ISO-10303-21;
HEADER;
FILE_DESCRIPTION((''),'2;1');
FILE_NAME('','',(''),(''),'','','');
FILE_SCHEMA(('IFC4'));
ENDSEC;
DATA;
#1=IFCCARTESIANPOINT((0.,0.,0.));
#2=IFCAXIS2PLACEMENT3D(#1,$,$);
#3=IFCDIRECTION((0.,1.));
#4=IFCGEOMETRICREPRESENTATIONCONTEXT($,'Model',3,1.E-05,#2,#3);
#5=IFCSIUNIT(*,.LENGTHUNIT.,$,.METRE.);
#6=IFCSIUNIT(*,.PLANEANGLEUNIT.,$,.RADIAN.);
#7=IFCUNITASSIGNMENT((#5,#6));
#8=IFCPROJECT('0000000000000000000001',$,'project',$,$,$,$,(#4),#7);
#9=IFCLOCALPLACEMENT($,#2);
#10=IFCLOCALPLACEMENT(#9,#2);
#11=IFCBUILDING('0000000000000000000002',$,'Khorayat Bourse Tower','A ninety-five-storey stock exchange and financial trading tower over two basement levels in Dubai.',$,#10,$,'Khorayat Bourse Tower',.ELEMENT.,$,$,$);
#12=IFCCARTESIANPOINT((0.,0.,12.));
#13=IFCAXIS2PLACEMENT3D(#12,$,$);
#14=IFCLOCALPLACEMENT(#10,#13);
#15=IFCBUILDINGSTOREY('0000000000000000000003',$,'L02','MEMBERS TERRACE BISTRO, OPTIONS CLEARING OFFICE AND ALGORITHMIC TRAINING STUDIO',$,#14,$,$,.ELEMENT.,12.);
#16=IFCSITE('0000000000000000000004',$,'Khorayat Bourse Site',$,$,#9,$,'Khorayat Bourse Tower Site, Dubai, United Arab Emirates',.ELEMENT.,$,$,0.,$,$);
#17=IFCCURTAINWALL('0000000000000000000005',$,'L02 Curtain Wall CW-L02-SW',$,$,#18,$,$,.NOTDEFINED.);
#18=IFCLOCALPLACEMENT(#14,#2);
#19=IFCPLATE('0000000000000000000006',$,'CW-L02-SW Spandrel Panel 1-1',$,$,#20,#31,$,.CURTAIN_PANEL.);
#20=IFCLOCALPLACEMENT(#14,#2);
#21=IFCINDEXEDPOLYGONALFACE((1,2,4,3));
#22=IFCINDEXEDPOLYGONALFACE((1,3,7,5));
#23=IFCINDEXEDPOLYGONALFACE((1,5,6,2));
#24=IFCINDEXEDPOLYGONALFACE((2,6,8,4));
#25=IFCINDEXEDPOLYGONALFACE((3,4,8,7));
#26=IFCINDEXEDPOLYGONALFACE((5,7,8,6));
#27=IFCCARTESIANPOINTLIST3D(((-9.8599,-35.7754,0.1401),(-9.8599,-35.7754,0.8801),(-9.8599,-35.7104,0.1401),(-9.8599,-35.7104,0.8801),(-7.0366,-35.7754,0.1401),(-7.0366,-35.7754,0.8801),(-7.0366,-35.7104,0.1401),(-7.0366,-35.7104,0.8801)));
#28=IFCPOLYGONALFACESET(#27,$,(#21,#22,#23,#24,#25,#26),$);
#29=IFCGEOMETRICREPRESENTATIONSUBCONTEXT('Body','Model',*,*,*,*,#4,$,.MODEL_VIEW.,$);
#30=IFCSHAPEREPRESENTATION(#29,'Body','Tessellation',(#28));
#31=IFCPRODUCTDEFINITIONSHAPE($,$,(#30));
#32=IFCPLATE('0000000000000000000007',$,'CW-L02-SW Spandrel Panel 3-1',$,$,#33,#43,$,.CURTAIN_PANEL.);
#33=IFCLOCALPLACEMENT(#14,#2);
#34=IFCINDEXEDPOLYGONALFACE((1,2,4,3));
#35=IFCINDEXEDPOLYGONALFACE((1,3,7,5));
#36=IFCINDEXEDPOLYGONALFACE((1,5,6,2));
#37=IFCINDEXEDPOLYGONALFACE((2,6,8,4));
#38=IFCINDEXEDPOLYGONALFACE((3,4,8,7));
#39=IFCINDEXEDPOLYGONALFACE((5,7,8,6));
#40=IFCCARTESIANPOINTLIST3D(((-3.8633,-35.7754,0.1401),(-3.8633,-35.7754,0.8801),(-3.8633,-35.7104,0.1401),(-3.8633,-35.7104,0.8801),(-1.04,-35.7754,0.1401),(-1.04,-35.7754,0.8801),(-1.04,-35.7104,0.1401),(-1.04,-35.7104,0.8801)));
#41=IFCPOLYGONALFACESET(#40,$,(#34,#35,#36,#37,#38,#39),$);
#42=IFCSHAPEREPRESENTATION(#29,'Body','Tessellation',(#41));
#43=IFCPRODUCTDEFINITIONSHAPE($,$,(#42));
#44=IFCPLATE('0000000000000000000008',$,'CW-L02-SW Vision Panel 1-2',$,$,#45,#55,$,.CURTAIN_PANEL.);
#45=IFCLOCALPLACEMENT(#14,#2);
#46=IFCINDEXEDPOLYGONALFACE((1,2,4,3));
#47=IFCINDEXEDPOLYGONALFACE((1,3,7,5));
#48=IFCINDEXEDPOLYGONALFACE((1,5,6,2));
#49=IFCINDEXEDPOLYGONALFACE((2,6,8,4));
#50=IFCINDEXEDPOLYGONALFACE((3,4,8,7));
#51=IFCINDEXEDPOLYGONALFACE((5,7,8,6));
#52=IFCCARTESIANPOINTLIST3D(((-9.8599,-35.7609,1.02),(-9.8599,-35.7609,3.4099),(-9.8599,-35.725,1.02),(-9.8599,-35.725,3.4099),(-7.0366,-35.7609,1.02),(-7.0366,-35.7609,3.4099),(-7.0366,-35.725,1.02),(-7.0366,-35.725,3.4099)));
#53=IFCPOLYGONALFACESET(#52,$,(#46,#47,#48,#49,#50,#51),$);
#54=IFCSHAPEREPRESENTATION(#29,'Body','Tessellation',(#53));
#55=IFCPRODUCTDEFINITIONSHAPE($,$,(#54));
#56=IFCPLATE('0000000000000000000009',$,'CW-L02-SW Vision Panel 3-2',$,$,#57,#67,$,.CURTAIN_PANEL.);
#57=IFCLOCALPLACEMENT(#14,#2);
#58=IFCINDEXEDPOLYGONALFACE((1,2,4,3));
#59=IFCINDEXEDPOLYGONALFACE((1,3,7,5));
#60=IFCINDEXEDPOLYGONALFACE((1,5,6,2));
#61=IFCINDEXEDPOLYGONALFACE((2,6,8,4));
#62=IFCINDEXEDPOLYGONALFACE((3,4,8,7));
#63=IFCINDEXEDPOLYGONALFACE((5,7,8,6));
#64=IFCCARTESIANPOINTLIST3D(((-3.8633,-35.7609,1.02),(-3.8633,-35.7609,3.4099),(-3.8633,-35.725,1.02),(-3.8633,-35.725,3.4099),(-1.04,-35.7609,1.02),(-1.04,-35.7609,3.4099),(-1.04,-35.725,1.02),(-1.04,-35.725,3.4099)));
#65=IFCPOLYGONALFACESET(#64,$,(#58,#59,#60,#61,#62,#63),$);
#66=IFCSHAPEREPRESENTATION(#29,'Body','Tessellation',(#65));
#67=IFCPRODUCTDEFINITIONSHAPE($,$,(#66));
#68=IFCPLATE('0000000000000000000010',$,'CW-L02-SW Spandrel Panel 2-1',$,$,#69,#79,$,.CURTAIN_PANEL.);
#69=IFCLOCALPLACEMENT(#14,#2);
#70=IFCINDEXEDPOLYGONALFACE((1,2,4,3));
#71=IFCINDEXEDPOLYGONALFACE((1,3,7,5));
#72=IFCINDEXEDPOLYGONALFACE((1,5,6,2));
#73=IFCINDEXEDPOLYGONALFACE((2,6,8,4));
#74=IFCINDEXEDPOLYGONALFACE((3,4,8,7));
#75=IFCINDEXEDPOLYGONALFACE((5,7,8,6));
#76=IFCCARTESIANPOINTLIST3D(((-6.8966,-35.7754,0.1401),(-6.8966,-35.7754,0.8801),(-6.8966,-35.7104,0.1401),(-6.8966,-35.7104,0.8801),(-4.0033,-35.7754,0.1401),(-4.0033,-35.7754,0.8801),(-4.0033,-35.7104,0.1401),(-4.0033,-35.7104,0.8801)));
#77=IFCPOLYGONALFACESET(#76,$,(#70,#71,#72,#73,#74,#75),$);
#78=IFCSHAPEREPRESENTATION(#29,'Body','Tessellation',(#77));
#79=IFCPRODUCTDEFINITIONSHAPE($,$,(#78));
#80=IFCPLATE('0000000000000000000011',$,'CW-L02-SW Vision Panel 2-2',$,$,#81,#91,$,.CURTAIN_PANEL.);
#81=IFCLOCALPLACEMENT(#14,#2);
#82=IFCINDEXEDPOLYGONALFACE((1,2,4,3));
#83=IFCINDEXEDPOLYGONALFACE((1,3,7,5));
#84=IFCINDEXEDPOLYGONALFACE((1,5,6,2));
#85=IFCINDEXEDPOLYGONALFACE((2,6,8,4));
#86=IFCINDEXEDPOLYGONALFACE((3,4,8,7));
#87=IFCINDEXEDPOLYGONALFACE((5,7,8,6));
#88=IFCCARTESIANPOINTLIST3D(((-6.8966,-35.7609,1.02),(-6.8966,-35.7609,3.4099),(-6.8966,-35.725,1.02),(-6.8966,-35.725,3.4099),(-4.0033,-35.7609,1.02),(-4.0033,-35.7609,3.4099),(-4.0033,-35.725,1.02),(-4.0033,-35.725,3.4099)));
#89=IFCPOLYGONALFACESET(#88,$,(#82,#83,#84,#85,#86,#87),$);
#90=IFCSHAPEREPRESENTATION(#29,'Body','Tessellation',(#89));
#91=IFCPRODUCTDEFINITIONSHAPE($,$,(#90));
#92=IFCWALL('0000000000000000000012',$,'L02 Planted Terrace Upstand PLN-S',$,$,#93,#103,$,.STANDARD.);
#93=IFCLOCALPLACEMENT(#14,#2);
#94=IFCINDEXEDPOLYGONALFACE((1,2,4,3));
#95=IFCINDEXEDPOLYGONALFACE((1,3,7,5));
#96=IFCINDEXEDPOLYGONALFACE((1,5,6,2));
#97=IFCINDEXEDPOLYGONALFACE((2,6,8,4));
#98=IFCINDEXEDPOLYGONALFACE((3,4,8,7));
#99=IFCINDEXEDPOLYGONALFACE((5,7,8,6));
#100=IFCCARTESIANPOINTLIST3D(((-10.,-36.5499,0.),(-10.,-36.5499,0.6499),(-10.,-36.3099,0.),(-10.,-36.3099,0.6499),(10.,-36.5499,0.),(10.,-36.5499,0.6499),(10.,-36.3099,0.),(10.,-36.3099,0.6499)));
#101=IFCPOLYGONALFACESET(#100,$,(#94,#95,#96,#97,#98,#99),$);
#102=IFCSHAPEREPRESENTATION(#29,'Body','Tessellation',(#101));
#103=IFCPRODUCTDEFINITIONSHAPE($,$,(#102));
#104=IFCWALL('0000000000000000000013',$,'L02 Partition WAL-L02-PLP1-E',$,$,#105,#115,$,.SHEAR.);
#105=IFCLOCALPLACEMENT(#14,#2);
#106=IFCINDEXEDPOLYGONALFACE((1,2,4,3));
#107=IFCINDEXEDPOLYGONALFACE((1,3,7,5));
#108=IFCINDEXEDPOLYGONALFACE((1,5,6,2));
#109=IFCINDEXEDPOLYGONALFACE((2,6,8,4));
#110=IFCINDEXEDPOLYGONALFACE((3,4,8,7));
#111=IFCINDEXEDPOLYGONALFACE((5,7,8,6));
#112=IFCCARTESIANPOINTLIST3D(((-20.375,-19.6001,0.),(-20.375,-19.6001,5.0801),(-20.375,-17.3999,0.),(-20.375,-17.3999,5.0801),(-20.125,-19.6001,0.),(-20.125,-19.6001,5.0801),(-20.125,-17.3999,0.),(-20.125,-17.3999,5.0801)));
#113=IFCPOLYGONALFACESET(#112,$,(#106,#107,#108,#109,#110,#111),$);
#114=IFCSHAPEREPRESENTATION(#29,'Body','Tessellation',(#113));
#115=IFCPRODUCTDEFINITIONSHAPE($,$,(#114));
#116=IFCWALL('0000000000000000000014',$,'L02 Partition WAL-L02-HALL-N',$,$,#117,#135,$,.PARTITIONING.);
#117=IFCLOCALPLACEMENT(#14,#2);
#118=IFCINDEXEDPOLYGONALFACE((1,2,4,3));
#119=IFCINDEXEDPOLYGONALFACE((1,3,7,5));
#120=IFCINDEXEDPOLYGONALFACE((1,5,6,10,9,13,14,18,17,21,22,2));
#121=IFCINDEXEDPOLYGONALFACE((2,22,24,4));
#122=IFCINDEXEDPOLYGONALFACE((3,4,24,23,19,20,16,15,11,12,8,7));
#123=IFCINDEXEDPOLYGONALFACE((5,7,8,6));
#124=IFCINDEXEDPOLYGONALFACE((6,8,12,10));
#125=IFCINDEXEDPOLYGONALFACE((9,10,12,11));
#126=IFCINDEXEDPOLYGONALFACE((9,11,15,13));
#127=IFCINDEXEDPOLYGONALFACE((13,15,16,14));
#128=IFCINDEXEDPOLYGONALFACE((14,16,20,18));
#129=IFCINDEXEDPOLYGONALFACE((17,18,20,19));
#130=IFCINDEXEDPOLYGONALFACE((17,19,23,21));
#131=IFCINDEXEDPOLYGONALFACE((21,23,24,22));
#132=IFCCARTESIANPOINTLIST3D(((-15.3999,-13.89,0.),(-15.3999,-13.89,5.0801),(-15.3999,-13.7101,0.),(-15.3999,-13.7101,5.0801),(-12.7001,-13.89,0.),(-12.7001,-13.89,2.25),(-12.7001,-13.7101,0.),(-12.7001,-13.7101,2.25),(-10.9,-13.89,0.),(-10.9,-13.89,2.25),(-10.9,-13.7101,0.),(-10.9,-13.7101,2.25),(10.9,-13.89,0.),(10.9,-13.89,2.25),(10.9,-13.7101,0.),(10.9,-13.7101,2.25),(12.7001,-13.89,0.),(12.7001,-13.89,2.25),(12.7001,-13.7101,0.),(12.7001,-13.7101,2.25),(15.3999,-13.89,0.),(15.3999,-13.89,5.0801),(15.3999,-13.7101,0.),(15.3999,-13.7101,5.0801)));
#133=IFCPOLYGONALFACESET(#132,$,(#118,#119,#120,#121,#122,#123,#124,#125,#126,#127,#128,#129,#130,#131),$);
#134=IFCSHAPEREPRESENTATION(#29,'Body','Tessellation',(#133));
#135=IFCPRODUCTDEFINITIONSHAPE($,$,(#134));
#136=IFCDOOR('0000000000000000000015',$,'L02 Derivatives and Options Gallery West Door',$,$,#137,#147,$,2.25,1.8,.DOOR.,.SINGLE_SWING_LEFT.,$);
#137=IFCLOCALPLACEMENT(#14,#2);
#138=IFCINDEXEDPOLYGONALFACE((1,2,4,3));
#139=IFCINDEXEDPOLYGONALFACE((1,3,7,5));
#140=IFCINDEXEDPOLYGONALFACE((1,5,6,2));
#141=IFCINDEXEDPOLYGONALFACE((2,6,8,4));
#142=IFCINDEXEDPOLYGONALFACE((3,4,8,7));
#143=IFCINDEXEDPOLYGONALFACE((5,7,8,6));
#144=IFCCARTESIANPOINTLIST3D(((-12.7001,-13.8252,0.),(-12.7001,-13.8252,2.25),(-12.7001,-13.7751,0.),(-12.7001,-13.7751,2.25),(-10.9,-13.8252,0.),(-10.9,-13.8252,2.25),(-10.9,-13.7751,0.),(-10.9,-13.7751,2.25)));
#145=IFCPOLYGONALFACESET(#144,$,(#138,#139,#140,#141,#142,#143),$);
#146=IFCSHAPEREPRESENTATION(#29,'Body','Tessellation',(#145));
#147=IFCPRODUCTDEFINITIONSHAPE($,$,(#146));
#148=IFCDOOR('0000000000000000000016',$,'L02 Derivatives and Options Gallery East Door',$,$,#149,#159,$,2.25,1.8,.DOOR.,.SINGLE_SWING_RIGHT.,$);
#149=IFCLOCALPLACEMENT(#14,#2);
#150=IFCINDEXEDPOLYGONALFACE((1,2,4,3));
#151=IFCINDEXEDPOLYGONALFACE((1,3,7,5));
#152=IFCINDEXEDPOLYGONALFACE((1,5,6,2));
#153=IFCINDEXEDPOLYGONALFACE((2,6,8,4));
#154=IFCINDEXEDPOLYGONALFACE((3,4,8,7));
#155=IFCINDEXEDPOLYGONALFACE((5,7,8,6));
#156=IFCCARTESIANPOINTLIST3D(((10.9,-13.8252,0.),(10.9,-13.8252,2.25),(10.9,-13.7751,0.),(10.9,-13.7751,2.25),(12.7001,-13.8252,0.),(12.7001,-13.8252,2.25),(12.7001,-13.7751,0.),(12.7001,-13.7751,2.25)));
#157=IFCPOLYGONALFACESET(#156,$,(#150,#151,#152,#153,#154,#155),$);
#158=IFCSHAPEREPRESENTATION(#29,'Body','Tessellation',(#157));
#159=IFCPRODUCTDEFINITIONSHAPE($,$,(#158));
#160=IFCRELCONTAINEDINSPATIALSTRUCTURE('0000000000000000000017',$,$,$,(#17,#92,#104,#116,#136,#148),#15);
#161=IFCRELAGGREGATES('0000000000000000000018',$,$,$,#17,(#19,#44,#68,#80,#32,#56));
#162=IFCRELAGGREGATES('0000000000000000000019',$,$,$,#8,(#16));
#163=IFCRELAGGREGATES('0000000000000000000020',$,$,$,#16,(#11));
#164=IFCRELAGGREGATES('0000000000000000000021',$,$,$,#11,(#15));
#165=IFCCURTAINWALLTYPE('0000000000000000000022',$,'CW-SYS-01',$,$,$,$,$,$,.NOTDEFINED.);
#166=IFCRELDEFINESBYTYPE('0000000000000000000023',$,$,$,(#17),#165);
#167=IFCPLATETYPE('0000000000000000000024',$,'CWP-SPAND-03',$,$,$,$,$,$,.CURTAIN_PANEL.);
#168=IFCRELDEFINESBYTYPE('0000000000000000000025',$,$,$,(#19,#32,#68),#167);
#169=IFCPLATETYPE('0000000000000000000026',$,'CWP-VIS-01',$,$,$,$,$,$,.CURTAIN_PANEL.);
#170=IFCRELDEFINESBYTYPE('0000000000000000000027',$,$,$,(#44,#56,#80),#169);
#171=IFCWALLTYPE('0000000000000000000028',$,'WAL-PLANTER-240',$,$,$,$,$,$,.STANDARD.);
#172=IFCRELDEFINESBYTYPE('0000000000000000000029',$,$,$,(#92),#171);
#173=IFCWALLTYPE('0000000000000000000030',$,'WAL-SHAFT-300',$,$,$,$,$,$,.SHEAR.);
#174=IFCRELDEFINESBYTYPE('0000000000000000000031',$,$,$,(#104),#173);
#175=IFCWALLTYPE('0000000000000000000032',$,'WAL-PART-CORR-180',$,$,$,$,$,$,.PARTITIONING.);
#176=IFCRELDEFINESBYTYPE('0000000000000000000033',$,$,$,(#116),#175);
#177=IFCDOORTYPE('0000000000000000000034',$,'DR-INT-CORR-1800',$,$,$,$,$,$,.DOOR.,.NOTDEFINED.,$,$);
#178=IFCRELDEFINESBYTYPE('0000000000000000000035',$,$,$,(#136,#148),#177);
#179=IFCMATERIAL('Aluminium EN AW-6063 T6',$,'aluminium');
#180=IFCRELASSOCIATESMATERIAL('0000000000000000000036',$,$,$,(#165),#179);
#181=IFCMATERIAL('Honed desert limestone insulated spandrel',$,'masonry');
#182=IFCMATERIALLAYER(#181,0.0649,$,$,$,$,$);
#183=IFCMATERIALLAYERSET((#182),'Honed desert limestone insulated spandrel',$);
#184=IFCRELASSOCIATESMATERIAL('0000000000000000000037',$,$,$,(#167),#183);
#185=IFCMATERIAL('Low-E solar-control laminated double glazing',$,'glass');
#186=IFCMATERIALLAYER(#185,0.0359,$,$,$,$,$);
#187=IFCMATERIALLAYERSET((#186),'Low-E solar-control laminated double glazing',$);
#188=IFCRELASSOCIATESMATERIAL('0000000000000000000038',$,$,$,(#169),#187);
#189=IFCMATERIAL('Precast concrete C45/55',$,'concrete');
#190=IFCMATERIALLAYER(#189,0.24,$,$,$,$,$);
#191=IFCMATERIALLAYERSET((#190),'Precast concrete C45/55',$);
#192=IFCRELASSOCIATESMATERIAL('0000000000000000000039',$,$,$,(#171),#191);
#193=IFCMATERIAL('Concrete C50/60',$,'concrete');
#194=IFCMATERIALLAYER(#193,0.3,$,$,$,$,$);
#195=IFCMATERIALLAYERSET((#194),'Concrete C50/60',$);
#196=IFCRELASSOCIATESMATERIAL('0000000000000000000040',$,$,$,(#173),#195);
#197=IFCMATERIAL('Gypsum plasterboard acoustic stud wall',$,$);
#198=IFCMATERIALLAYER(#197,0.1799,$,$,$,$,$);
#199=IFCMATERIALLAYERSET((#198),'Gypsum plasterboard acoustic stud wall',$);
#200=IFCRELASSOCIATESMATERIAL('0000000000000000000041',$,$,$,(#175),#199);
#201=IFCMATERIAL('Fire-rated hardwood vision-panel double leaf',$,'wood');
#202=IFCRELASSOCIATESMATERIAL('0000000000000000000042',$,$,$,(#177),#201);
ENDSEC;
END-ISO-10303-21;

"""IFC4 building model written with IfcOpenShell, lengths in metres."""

from ifc_helpers import new_model, si_unit, direction, frame, frame_2d, origin, origin_2d, place, context, subcontext, project, spatial, rectangle, extrude, source, transform, mapped, material, layer, layer_set, type_object, element, fill, aggregate, save


model = new_model("IFC4")

# Units and contexts
model_context = context("Model", 3, precision=1e-05, world=origin(), true_north=direction((0.0, 1.0)))
body_context = subcontext(model_context, "Body", "Model", "MODEL_VIEW")
ifc_project = project(units=[si_unit("LENGTHUNIT", "METRE"), si_unit("PLANEANGLEUNIT", "RADIAN")], contexts=[model_context])

# Site, building, storey
site_placement = place(None, origin())
site = spatial("IfcSite", under=ifc_project, at=site_placement, Name="Khorayat Bourse Site", LongName="Khorayat Bourse Tower Site, Dubai, United Arab Emirates", CompositionType="ELEMENT", RefElevation=0.0)
building_placement = place(site_placement, origin())
building = spatial("IfcBuilding", under=site, at=building_placement, Name="Khorayat Bourse Tower", Description="A ninety-five-storey stock exchange and financial trading tower over two basement levels in Dubai.", LongName="Khorayat Bourse Tower", CompositionType="ELEMENT")
storey_placement = place(building_placement, frame((0.0, 0.0, 12.0)))
storey = spatial("IfcBuildingStorey", under=building, at=storey_placement, Name="L02", Description="MEMBERS TERRACE BISTRO, OPTIONS CLEARING OFFICE AND ALGORITHMIC TRAINING STUDIO", CompositionType="ELEMENT", Elevation=12.0)

# Curtain wall, plates
ifc_material_1 = material(Name="Aluminium EN AW-6063 T6", Category="aluminium")
curtain_wall_type = type_object("IfcCurtainWallType", Name="CW-SYS-01", PredefinedType="NOTDEFINED", material=ifc_material_1)
curtain_wall_placement = place(storey_placement, origin())
curtain_wall = element("IfcCurtainWall", 1, at=curtain_wall_placement, inside=storey, type_object=curtain_wall_type, Name="L02 Curtain Wall CW-L02-SW", PredefinedType="NOTDEFINED")
ifc_material_2 = material(Name="Honed desert limestone insulated spandrel", Category="masonry")
ifc_layer_1 = layer(ifc_material_2, 0.0649)
ifc_layer_set_1 = layer_set([ifc_layer_1], Name="Honed desert limestone insulated spandrel")
plate_type_1 = type_object("IfcPlateType", Name="CWP-SPAND-03", PredefinedType="CURTAIN_PANEL", material=ifc_layer_set_1)
shared_shape_1 = source(origin(), body_context, "Body", "SweptSolid", [
    extrude(rectangle(XDim=2.8232, YDim=0.0649, at=origin_2d()), origin(), (0.0, 0.0, 1.0), 0.74),
])
plate_1_placement = place(storey_placement, frame((-8.4482, -35.7429, 0.1401), z_axis=(0.0, 0.0, 1.0), x_axis=(1.0, 0.0, 0.0)))
plate_1 = element("IfcPlate", 2, at=plate_1_placement, type_object=plate_type_1, Name="CW-L02-SW Spandrel Panel 1-1", PredefinedType="CURTAIN_PANEL", context=body_context, shape_type="MappedRepresentation", body=[
    mapped(shared_shape_1, transform((0.0, 0.0, 0.0), scale=1.0)),
])
plate_2_placement = place(storey_placement, frame((-2.4517, -35.7429, 0.1401), z_axis=(0.0, 0.0, 1.0), x_axis=(1.0, 0.0, 0.0)))
plate_2 = element("IfcPlate", 3, at=plate_2_placement, type_object=plate_type_1, Name="CW-L02-SW Spandrel Panel 3-1", PredefinedType="CURTAIN_PANEL", context=body_context, shape_type="MappedRepresentation", body=[
    mapped(shared_shape_1, transform((0.0, 0.0, 0.0), scale=1.0)),
])
ifc_material_3 = material(Name="Low-E solar-control laminated double glazing", Category="glass")
ifc_layer_2 = layer(ifc_material_3, 0.0359)
ifc_layer_set_2 = layer_set([ifc_layer_2], Name="Low-E solar-control laminated double glazing")
plate_type_2 = type_object("IfcPlateType", Name="CWP-VIS-01", PredefinedType="CURTAIN_PANEL", material=ifc_layer_set_2)
shared_shape_2 = source(origin(), body_context, "Body", "SweptSolid", [
    extrude(rectangle(XDim=2.8232, YDim=0.0359, at=origin_2d()), origin(), (0.0, 0.0, 1.0), 2.3899),
])
plate_3_placement = place(storey_placement, frame((-8.4482, -35.7429, 1.02), z_axis=(0.0, 0.0, 1.0), x_axis=(1.0, 0.0, 0.0)))
plate_3 = element("IfcPlate", 4, at=plate_3_placement, type_object=plate_type_2, Name="CW-L02-SW Vision Panel 1-2", PredefinedType="CURTAIN_PANEL", context=body_context, shape_type="MappedRepresentation", body=[
    mapped(shared_shape_2, transform((0.0, 0.0, 0.0), scale=1.0)),
])
plate_4_placement = place(storey_placement, frame((-2.4517, -35.7429, 1.02), z_axis=(0.0, 0.0, 1.0), x_axis=(1.0, 0.0, 0.0)))
plate_4 = element("IfcPlate", 5, at=plate_4_placement, type_object=plate_type_2, Name="CW-L02-SW Vision Panel 3-2", PredefinedType="CURTAIN_PANEL", context=body_context, shape_type="MappedRepresentation", body=[
    mapped(shared_shape_2, transform((0.0, 0.0, 0.0), scale=1.0)),
])
shared_shape_3 = source(origin(), body_context, "Body", "SweptSolid", [
    extrude(rectangle(XDim=2.8933, YDim=0.0649, at=origin_2d()), origin(), (0.0, 0.0, 1.0), 0.74),
])
plate_5_placement = place(storey_placement, frame((-5.45, -35.7429, 0.1401), z_axis=(0.0, 0.0, 1.0), x_axis=(1.0, 0.0, 0.0)))
plate_5 = element("IfcPlate", 6, at=plate_5_placement, type_object=plate_type_1, Name="CW-L02-SW Spandrel Panel 2-1", PredefinedType="CURTAIN_PANEL", context=body_context, shape_type="MappedRepresentation", body=[
    mapped(shared_shape_3, transform((0.0, 0.0, 0.0), scale=1.0)),
])
shared_shape_4 = source(origin(), body_context, "Body", "SweptSolid", [
    extrude(rectangle(XDim=2.8933, YDim=0.0359, at=origin_2d()), origin(), (0.0, 0.0, 1.0), 2.3899),
])
plate_6_placement = place(storey_placement, frame((-5.45, -35.7429, 1.02), z_axis=(0.0, 0.0, 1.0), x_axis=(1.0, 0.0, 0.0)))
plate_6 = element("IfcPlate", 7, at=plate_6_placement, type_object=plate_type_2, Name="CW-L02-SW Vision Panel 2-2", PredefinedType="CURTAIN_PANEL", context=body_context, shape_type="MappedRepresentation", body=[
    mapped(shared_shape_4, transform((0.0, 0.0, 0.0), scale=1.0)),
])
aggregate(curtain_wall, [plate_1, plate_3, plate_5, plate_6, plate_2, plate_4])

# Walls
ifc_material_4 = material(Name="Precast concrete C45/55", Category="concrete")
ifc_layer_3 = layer(ifc_material_4, 0.24)
ifc_layer_set_3 = layer_set([ifc_layer_3], Name="Precast concrete C45/55")
wall_type_1 = type_object("IfcWallType", Name="WAL-PLANTER-240", PredefinedType="STANDARD", material=ifc_layer_set_3)
shared_shape_5 = source(origin(), body_context, "Body", "SweptSolid", [
    extrude(rectangle(XDim=20.0, YDim=0.24, at=frame_2d((10.0, 0.0))), origin(), (0.0, 0.0, 1.0), 0.6499),
])
wall_1_placement = place(storey_placement, frame((-10.0, -36.4299, 0.0), z_axis=(0.0, 0.0, 1.0), x_axis=(1.0, 0.0, 0.0)))
element("IfcWall", 8, at=wall_1_placement, inside=storey, type_object=wall_type_1, Name="L02 Planted Terrace Upstand PLN-S", PredefinedType="STANDARD", context=body_context, shape_type="MappedRepresentation", body=[
    mapped(shared_shape_5, transform((0.0, 0.0, 0.0), scale=1.0)),
])
ifc_material_5 = material(Name="Concrete C50/60", Category="concrete")
ifc_layer_4 = layer(ifc_material_5, 0.3)
ifc_layer_set_4 = layer_set([ifc_layer_4], Name="Concrete C50/60")
wall_type_2 = type_object("IfcWallType", Name="WAL-SHAFT-300", PredefinedType="SHEAR", material=ifc_layer_set_4)
shared_shape_6 = source(origin(), body_context, "Body", "SweptSolid", [
    extrude(rectangle(XDim=2.2002, YDim=0.25, at=frame_2d((1.1001, 0.0))), origin(), (0.0, 0.0, 1.0), 5.0801),
])
wall_2_placement = place(storey_placement, frame((-20.25, -19.6001, 0.0), z_axis=(0.0, 0.0, 1.0), x_axis=(0.0, 1.0, 0.0)))
element("IfcWall", 9, at=wall_2_placement, inside=storey, type_object=wall_type_2, Name="L02 Partition WAL-L02-PLP1-E", PredefinedType="SHEAR", context=body_context, shape_type="MappedRepresentation", body=[
    mapped(shared_shape_6, transform((0.0, 0.0, 0.0), scale=1.0)),
])

# Wall, openings, doors
ifc_material_6 = material(Name="Gypsum plasterboard acoustic stud wall")
ifc_layer_5 = layer(ifc_material_6, 0.1799)
ifc_layer_set_5 = layer_set([ifc_layer_5], Name="Gypsum plasterboard acoustic stud wall")
wall_type_3 = type_object("IfcWallType", Name="WAL-PART-CORR-180", PredefinedType="PARTITIONING", material=ifc_layer_set_5)
shared_shape_7 = source(origin(), body_context, "Body", "SweptSolid", [
    extrude(rectangle(XDim=30.7998, YDim=0.1799, at=frame_2d((15.3999, 0.0))), origin(), (0.0, 0.0, 1.0), 5.0801),
])
wall_3_placement = place(storey_placement, frame((-15.3999, -13.8, 0.0), z_axis=(0.0, 0.0, 1.0), x_axis=(1.0, 0.0, 0.0)))
wall_3 = element("IfcWall", 10, at=wall_3_placement, inside=storey, type_object=wall_type_3, Name="L02 Partition WAL-L02-HALL-N", PredefinedType="PARTITIONING", context=body_context, shape_type="MappedRepresentation", body=[
    mapped(shared_shape_7, transform((0.0, 0.0, 0.0), scale=1.0)),
])
shared_shape_8 = source(origin(), body_context, "Body", "SweptSolid", [
    extrude(rectangle(XDim=1.8, YDim=2.25, at=frame_2d((0.8999, 1.125))), frame((0.0, 0.0999, 0.0), z_axis=(0.0, -1.0, 0.0), x_axis=(1.0, 0.0, 0.0)), (0.0, 0.0, 1.0), 0.2),
])
opening_1_placement = place(wall_3_placement, frame((2.7, 0.0, 0.0)))
opening_1 = element("IfcOpeningElement", 11, at=opening_1_placement, cuts=wall_3, PredefinedType="OPENING", context=body_context, shape_type="MappedRepresentation", body=[
    mapped(shared_shape_8, transform((0.0, 0.0, 0.0), scale=1.0)),
])
opening_2_placement = place(wall_3_placement, frame((26.3, 0.0, 0.0)))
opening_2 = element("IfcOpeningElement", 12, at=opening_2_placement, cuts=wall_3, PredefinedType="OPENING", context=body_context, shape_type="MappedRepresentation", body=[
    mapped(shared_shape_8, transform((0.0, 0.0, 0.0), scale=1.0)),
])
ifc_material_7 = material(Name="Fire-rated hardwood vision-panel double leaf", Category="wood")
door_type = type_object("IfcDoorType", Name="DR-INT-CORR-1800", OperationType="NOTDEFINED", PredefinedType="DOOR", material=ifc_material_7)
shared_shape_9 = source(origin(), body_context, "Body", "SweptSolid", [
    extrude(rectangle(XDim=1.8, YDim=2.25, at=frame_2d((0.8999, 1.125))), frame((0.0, 0.0249, 0.0), z_axis=(0.0, -1.0, 0.0), x_axis=(1.0, 0.0, 0.0)), (0.0, 0.0, 1.0), 0.05),
])
door_1_placement = place(opening_1_placement, origin())
door_1 = element("IfcDoor", 13, at=door_1_placement, inside=storey, type_object=door_type, Name="L02 Derivatives and Options Gallery West Door", OperationType="SINGLE_SWING_LEFT", OverallHeight=2.25, OverallWidth=1.8, PredefinedType="DOOR", context=body_context, shape_type="MappedRepresentation", body=[
    mapped(shared_shape_9, transform((0.0, 0.0, 0.0), scale=1.0)),
])
fill(opening_1, door_1)
door_2_placement = place(opening_2_placement, origin())
door_2 = element("IfcDoor", 14, at=door_2_placement, inside=storey, type_object=door_type, Name="L02 Derivatives and Options Gallery East Door", OperationType="SINGLE_SWING_RIGHT", OverallHeight=2.25, OverallWidth=1.8, PredefinedType="DOOR", context=body_context, shape_type="MappedRepresentation", body=[
    mapped(shared_shape_9, transform((0.0, 0.0, 0.0), scale=1.0)),
])
fill(opening_2, door_2)

save(model, "model.ifc")
